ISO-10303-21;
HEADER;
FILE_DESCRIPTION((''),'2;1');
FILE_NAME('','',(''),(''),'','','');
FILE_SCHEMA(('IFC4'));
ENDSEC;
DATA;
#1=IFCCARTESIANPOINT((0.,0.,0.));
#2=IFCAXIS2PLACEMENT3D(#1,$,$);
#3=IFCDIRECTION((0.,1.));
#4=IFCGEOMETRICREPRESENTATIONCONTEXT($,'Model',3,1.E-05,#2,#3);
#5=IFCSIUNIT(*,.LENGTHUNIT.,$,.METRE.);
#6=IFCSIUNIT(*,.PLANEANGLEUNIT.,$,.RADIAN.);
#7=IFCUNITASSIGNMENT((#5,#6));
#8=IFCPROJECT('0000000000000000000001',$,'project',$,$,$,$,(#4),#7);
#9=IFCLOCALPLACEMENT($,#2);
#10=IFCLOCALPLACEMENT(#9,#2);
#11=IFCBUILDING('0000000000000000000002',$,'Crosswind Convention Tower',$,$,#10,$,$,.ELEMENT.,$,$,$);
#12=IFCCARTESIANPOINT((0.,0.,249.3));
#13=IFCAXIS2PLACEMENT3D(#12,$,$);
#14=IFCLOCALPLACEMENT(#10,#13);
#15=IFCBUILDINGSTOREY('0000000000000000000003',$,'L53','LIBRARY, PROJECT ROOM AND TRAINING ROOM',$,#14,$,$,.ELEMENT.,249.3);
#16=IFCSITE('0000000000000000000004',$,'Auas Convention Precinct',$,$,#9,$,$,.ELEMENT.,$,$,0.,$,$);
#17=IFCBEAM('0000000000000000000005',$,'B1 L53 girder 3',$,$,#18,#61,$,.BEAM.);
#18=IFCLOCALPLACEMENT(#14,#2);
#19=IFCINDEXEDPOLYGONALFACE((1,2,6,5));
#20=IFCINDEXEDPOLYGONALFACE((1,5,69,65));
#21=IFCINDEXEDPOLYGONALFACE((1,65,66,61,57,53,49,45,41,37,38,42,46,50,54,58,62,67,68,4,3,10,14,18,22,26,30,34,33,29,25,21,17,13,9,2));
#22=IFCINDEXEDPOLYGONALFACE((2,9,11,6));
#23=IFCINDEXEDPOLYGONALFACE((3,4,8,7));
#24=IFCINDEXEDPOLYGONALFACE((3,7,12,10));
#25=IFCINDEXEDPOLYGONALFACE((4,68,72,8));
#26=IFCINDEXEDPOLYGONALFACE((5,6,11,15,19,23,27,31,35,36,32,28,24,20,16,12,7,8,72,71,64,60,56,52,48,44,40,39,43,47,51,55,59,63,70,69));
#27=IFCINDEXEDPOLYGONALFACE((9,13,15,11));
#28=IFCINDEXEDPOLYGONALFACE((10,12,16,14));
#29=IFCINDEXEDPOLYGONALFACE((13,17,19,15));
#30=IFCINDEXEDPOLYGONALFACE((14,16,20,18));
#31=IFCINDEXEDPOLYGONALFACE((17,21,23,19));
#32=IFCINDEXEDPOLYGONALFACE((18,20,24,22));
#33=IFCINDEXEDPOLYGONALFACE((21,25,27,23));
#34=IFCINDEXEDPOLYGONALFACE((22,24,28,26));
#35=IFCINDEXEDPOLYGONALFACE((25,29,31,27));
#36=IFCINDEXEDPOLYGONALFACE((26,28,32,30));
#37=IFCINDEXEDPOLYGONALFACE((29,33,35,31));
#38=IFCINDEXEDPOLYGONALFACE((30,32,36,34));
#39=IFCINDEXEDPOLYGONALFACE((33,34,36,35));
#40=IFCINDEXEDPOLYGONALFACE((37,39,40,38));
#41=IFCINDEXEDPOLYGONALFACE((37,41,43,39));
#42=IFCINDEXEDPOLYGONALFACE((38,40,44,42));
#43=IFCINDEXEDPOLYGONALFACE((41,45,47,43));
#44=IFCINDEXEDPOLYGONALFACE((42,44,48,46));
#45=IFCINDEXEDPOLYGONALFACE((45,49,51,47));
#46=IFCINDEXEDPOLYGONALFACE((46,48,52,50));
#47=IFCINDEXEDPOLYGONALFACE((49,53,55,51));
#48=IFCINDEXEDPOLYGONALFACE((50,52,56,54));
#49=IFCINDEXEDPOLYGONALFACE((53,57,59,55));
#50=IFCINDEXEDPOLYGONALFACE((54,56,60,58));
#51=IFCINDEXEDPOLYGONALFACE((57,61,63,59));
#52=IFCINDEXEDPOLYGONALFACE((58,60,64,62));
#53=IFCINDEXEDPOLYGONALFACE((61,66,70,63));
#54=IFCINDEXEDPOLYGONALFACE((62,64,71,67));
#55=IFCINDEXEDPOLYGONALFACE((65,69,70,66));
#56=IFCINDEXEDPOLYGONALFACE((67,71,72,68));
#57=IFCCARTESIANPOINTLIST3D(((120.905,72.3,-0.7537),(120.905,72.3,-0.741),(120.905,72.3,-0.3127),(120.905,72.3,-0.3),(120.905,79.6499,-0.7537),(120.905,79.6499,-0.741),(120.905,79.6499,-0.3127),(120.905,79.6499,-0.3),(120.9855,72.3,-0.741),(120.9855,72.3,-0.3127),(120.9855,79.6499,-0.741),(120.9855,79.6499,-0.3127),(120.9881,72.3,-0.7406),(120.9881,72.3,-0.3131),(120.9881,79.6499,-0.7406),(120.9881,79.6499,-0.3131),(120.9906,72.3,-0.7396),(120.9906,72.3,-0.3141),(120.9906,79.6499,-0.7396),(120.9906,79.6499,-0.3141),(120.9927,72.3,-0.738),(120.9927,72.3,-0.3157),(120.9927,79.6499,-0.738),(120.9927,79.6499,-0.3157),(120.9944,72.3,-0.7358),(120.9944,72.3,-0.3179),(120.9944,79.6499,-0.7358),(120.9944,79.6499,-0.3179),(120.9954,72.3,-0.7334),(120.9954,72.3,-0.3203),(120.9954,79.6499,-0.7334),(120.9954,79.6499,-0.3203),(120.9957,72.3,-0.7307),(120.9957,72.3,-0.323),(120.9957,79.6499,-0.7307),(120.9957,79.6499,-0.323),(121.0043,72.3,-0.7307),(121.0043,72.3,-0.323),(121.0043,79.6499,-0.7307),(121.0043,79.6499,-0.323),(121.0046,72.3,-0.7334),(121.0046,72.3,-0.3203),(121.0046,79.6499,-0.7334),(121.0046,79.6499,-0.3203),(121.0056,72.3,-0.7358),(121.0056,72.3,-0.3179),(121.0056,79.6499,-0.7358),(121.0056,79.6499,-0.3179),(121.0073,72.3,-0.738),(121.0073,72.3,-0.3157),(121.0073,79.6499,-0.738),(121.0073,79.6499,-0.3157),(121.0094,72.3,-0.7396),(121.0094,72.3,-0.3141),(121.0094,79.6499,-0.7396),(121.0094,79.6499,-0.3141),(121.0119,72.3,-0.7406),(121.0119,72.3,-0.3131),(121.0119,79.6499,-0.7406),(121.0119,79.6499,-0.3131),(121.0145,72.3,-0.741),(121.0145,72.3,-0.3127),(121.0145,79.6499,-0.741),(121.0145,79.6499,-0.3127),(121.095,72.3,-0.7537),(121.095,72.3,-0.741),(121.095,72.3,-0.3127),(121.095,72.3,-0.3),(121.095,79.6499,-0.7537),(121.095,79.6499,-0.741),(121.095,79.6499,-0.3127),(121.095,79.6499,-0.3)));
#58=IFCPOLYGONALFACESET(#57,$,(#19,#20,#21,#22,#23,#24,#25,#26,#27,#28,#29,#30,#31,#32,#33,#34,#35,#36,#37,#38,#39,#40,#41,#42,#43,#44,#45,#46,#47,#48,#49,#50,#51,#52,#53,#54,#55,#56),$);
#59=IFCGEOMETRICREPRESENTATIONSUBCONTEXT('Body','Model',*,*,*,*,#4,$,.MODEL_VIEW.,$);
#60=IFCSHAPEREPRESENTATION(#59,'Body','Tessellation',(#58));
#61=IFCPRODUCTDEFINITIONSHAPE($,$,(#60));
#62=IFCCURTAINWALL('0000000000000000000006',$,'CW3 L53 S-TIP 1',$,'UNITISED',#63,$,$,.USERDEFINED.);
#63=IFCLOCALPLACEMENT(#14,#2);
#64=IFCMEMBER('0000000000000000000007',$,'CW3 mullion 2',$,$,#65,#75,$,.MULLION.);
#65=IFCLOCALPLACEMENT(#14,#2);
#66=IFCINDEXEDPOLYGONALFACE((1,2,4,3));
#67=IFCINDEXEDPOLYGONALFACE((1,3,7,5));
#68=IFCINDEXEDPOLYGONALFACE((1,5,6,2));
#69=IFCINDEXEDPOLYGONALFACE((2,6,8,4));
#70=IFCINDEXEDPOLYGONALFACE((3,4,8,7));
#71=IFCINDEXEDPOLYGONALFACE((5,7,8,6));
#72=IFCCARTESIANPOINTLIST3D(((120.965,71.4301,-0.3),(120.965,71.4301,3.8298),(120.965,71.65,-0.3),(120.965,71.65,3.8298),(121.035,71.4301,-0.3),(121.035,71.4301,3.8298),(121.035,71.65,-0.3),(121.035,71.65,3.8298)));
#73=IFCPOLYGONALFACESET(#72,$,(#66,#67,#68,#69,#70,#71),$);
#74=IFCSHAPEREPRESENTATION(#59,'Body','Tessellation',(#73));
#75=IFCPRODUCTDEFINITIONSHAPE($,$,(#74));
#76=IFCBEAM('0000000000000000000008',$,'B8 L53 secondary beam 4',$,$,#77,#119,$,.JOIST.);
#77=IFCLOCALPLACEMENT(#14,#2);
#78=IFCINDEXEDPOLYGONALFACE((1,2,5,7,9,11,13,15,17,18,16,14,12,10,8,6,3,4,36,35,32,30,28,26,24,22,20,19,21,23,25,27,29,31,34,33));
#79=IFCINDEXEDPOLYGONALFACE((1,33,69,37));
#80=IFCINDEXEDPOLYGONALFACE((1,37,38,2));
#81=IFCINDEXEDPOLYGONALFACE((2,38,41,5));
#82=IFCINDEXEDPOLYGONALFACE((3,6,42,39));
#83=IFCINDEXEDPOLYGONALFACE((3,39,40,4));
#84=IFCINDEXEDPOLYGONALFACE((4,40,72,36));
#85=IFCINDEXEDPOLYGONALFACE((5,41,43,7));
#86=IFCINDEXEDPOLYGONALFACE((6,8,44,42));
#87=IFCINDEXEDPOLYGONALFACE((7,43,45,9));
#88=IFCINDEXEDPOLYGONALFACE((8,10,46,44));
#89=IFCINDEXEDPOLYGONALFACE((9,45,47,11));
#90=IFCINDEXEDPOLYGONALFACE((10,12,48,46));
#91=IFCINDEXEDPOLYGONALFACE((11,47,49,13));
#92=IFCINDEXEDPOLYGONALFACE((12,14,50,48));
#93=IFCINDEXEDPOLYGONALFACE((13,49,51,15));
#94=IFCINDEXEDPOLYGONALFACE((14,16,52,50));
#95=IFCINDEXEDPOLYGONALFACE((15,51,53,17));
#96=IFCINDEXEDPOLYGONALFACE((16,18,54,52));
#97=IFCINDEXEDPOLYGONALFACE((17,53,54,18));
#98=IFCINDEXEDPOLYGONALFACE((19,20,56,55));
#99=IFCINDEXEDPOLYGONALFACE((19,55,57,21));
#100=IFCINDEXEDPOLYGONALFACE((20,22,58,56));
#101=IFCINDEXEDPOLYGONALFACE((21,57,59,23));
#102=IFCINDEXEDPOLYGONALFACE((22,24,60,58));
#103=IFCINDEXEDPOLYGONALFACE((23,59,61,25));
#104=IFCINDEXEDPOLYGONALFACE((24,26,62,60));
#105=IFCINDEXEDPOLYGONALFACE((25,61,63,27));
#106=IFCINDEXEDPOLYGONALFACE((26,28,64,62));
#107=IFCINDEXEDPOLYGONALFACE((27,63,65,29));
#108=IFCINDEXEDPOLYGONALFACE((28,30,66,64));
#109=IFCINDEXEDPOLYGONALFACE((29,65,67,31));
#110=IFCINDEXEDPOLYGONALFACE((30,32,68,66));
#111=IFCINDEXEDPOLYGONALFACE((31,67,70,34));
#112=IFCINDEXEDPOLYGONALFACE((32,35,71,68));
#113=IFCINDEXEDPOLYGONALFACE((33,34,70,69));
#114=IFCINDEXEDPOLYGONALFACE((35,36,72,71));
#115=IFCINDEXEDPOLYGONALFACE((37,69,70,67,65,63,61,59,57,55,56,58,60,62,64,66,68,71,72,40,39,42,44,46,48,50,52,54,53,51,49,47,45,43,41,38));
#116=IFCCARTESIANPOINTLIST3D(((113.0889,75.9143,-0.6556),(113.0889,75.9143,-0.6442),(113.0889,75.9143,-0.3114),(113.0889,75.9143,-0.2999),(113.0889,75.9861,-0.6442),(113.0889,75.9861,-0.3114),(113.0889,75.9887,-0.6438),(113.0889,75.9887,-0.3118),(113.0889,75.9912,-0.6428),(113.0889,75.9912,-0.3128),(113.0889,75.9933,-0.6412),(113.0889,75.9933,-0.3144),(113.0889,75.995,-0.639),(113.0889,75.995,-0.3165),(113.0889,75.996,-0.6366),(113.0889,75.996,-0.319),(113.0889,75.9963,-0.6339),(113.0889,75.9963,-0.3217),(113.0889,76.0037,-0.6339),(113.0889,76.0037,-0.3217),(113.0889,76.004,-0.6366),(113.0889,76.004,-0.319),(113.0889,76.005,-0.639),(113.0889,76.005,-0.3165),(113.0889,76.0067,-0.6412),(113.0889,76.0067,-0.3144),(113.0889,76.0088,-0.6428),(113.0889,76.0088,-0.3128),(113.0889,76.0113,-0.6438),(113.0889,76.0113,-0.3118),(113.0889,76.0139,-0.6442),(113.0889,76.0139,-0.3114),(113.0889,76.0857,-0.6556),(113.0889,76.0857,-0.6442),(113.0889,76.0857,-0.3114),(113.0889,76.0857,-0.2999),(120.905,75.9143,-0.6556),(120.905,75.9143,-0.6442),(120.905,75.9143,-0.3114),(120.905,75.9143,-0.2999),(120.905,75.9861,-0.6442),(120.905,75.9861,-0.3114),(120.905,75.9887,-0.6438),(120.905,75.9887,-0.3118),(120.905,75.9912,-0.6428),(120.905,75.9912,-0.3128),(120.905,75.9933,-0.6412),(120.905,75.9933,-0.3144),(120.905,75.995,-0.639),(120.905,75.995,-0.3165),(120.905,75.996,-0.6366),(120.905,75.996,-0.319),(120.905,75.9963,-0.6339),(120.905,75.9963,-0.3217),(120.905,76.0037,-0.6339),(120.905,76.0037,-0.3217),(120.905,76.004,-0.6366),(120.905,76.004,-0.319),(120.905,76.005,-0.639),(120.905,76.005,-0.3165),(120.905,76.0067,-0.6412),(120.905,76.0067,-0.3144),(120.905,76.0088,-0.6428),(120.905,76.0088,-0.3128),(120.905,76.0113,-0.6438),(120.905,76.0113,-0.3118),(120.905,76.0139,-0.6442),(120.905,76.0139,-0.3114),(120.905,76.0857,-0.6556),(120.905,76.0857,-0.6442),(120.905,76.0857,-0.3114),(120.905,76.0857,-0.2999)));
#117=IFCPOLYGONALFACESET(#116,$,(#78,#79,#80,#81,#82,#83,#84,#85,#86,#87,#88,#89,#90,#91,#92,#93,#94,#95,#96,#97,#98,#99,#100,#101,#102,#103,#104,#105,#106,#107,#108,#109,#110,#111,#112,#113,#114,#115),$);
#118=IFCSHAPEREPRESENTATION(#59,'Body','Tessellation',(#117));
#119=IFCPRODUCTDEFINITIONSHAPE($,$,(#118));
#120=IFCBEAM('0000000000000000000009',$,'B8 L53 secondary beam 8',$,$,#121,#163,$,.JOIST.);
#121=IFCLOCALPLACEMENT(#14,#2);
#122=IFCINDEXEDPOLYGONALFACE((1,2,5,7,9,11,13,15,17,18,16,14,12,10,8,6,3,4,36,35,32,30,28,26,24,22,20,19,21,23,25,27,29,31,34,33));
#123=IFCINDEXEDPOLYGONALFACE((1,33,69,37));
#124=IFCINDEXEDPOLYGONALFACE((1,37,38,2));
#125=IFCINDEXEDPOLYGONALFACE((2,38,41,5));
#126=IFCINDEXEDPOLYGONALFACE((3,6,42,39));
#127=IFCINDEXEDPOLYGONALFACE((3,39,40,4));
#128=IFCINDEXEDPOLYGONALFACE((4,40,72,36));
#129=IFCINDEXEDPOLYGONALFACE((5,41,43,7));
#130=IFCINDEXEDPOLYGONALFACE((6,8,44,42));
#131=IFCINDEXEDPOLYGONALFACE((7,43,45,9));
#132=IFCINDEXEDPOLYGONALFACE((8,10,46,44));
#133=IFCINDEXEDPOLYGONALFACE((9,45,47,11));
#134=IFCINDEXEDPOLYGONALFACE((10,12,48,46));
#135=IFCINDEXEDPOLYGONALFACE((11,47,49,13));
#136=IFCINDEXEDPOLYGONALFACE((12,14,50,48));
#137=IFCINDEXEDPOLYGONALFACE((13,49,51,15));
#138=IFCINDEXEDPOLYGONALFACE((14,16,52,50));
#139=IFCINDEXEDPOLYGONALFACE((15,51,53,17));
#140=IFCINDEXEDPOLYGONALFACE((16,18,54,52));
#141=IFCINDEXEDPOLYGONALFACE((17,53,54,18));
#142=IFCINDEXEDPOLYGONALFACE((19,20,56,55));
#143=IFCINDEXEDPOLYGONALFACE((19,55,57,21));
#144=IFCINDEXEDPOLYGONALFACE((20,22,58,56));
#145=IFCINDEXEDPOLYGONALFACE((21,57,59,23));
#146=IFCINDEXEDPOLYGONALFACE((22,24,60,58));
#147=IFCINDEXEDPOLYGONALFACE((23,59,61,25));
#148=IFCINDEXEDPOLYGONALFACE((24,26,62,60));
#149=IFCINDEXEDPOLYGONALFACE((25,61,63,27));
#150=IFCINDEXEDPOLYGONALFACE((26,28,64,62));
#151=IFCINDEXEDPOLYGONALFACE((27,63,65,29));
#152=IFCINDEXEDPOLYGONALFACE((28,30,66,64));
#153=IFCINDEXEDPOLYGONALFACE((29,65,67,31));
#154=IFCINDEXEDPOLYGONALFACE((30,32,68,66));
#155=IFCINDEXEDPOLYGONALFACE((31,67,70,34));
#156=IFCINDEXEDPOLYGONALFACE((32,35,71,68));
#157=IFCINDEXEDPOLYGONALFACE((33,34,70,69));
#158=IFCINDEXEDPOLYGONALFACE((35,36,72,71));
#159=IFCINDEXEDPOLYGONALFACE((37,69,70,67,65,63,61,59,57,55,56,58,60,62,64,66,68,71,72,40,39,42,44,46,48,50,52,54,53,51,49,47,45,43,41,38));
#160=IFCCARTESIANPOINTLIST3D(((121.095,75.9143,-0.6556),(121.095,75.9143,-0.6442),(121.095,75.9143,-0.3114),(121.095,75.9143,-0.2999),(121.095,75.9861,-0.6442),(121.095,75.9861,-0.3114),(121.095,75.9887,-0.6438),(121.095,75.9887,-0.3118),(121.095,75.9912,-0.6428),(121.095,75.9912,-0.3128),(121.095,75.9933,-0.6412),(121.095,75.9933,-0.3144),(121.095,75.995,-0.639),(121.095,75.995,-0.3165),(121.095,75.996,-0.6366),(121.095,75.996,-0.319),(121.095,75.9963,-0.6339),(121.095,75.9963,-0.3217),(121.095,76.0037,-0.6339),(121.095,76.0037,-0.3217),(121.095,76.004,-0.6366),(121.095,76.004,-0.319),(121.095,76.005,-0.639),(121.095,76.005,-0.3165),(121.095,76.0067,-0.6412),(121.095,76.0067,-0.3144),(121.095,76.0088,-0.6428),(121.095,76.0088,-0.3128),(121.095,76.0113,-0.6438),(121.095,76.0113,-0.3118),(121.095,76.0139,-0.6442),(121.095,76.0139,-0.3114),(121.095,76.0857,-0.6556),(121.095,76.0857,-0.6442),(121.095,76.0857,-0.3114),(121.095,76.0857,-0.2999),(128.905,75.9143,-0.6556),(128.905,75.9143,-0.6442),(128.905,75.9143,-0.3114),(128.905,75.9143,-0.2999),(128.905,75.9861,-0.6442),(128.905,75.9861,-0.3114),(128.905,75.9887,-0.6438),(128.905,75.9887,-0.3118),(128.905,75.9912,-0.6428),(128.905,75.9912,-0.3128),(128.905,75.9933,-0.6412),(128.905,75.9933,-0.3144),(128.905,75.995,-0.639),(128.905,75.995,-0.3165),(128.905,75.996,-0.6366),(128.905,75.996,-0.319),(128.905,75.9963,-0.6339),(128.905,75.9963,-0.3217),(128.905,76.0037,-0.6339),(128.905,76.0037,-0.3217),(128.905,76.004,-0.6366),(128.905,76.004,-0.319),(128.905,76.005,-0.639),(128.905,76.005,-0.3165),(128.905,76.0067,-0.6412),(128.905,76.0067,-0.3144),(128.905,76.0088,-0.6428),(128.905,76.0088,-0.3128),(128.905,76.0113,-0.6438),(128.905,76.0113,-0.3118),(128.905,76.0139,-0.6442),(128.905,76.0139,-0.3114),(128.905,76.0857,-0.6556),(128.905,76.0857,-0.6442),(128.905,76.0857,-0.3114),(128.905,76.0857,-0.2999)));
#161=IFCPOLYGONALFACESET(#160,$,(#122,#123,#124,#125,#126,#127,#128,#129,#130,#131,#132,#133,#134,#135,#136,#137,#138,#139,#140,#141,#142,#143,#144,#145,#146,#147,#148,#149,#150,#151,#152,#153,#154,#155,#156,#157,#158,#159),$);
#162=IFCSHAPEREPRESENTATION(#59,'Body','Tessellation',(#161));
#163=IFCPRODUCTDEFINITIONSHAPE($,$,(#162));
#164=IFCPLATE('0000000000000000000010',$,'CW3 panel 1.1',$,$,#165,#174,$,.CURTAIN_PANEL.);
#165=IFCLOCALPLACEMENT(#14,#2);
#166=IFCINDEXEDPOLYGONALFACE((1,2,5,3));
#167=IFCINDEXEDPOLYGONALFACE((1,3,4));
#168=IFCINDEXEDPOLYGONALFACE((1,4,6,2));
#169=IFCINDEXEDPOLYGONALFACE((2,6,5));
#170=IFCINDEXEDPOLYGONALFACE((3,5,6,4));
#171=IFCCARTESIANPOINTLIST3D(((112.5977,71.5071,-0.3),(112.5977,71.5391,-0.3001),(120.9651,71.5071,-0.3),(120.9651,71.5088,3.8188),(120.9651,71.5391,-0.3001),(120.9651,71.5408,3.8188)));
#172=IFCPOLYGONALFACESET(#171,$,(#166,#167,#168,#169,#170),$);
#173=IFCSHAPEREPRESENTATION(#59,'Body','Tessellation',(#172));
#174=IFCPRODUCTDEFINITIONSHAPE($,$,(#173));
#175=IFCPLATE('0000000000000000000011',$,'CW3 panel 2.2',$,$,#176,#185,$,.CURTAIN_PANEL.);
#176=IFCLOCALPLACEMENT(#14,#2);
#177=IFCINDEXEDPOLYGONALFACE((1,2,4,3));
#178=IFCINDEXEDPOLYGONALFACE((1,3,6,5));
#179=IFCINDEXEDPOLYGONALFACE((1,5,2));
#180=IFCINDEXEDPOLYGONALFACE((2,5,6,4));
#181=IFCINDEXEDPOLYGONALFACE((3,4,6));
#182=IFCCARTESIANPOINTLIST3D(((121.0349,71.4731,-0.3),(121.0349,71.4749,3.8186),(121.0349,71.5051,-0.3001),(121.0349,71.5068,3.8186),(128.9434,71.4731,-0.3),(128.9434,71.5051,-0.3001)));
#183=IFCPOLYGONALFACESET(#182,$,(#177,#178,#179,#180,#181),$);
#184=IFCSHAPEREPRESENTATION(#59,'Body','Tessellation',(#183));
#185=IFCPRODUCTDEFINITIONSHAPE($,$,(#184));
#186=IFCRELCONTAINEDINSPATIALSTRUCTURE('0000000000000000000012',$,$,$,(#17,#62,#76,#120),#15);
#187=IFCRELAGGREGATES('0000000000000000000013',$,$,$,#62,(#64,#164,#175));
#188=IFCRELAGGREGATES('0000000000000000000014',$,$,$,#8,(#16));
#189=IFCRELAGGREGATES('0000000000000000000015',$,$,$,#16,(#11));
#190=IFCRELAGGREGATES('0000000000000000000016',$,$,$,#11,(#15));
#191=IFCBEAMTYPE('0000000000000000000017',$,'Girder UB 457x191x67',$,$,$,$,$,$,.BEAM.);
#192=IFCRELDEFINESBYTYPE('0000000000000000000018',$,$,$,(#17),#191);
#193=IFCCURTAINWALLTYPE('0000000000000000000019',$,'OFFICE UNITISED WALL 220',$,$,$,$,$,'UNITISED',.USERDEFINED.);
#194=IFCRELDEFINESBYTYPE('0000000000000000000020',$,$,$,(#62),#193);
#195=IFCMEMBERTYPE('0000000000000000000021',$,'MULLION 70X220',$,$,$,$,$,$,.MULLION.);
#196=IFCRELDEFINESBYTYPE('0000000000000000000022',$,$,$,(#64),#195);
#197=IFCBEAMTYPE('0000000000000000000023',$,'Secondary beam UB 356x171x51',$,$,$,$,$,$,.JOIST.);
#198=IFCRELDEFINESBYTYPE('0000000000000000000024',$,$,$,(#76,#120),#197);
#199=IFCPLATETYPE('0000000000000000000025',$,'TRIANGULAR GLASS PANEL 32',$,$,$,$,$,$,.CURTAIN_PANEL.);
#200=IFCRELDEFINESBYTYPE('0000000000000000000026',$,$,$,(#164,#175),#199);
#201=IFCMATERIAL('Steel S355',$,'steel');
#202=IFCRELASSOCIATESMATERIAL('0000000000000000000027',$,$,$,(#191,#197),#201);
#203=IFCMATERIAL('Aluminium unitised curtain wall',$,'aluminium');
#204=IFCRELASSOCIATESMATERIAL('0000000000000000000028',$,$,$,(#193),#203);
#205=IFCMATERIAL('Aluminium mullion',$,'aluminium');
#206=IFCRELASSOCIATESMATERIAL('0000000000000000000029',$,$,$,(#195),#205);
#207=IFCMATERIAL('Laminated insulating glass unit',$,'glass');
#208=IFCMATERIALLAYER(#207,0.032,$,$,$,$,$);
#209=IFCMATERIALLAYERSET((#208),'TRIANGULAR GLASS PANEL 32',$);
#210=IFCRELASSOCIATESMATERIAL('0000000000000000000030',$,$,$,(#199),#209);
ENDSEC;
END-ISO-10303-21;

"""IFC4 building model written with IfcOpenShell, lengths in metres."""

from ifc_helpers import new_model, si_unit, direction, frame, origin, origin_2d, place, context, subcontext, project, spatial, polyline, rectangle, i_section, outline, extrude, material, layer, layer_set, material_profile, profile_set, type_object, element, aggregate, save


model = new_model("IFC4")

# Units and contexts
model_context = context("Model", 3, precision=1e-05, world=origin(), true_north=direction((0.0, 1.0)))
body_context = subcontext(model_context, "Body", "Model", "MODEL_VIEW")
ifc_project = project(units=[si_unit("LENGTHUNIT", "METRE"), si_unit("PLANEANGLEUNIT", "RADIAN")], contexts=[model_context])

# Site, building, storey
site_placement = place(None, origin())
site = spatial("IfcSite", under=ifc_project, at=site_placement, Name="Auas Convention Precinct", CompositionType="ELEMENT", RefElevation=0.0)
building_placement = place(site_placement, origin())
building = spatial("IfcBuilding", under=site, at=building_placement, Name="Crosswind Convention Tower", CompositionType="ELEMENT")
storey_placement = place(building_placement, frame((0.0, 0.0, 249.3)))
storey = spatial("IfcBuildingStorey", under=building, at=storey_placement, Name="L53", Description="LIBRARY, PROJECT ROOM AND TRAINING ROOM", CompositionType="ELEMENT", Elevation=249.3)

# Beam
ifc_material_1 = material(Name="Steel S355", Category="steel")
ifc_material_profile_1 = material_profile(ifc_material_1, i_section(OverallWidth=0.1899, OverallDepth=0.4536, WebThickness=0.0085, FlangeThickness=0.0127, FilletRadius=0.0103, at=origin_2d()), Name="UB 457x191x67")
ifc_profile_set_1 = profile_set([ifc_material_profile_1], Name="Steel S355")
beam_type_1 = type_object("IfcBeamType", Name="Girder UB 457x191x67", PredefinedType="BEAM", material=ifc_profile_set_1)
for number, where, z_axis, x_axis, name in (
    (1, (121.0, 72.3, -0.5269), (0.0, 1.0, 0.0), (-1.0, 0.0, 0.0), "B1 L53 girder 3"),
):
    element("IfcBeam", number, at=place(storey_placement, frame(where, z_axis=z_axis, x_axis=x_axis)), inside=storey, type_object=beam_type_1, Name=name, PredefinedType="BEAM", context=body_context, shape_type="SweptSolid", body=[
        extrude(i_section(OverallWidth=0.1899, OverallDepth=0.4536, WebThickness=0.0085, FlangeThickness=0.0127, FilletRadius=0.0103, at=origin_2d()), origin(), (0.0, 0.0, 1.0), 7.3499),
    ])

# Curtain wall, member
ifc_material_2 = material(Name="Aluminium unitised curtain wall", Category="aluminium")
curtain_wall_type = type_object("IfcCurtainWallType", Name="OFFICE UNITISED WALL 220", ElementType="UNITISED", PredefinedType="USERDEFINED", material=ifc_material_2)
curtain_wall_placement = place(storey_placement, origin())
curtain_wall = element("IfcCurtainWall", 2, at=curtain_wall_placement, inside=storey, type_object=curtain_wall_type, Name="CW3 L53 S-TIP 1", ObjectType="UNITISED", PredefinedType="USERDEFINED")
ifc_material_3 = material(Name="Aluminium mullion", Category="aluminium")
ifc_material_profile_2 = material_profile(ifc_material_3, rectangle(XDim=0.22, YDim=0.0701, at=origin_2d()), Name="AL 220X70")
ifc_profile_set_2 = profile_set([ifc_material_profile_2], Name="Aluminium mullion")
member_type = type_object("IfcMemberType", Name="MULLION 70X220", PredefinedType="MULLION", material=ifc_profile_set_2)
member_placement = place(storey_placement, frame((121.0, 71.54, -0.3), z_axis=(0.0, 0.0, 1.0), x_axis=(0.0, -1.0, 0.0)))
member = element("IfcMember", 3, at=member_placement, type_object=member_type, Name="CW3 mullion 2", PredefinedType="MULLION", context=body_context, shape_type="SweptSolid", body=[
    extrude(rectangle(XDim=0.22, YDim=0.0701, at=origin_2d()), origin(), (0.0, 0.0, 1.0), 4.1299),
])

# Beams
ifc_material_profile_3 = material_profile(ifc_material_1, i_section(OverallWidth=0.1714, OverallDepth=0.3557, WebThickness=0.0073, FlangeThickness=0.0115, FilletRadius=0.0103, at=origin_2d()), Name="UB 356x171x51")
ifc_profile_set_3 = profile_set([ifc_material_profile_3], Name="Steel S355")
beam_type_2 = type_object("IfcBeamType", Name="Secondary beam UB 356x171x51", PredefinedType="JOIST", material=ifc_profile_set_3)
beam_1_placement = place(storey_placement, frame((113.0889, 76.0, -0.4778), z_axis=(1.0, 0.0, 0.0), x_axis=(0.0, 1.0, 0.0)))
element("IfcBeam", 4, at=beam_1_placement, inside=storey, type_object=beam_type_2, Name="B8 L53 secondary beam 4", PredefinedType="JOIST", context=body_context, shape_type="SweptSolid", body=[
    extrude(i_section(OverallWidth=0.1714, OverallDepth=0.3557, WebThickness=0.0073, FlangeThickness=0.0115, FilletRadius=0.0103, at=origin_2d()), origin(), (0.0, 0.0, 1.0), 7.8162),
])
beam_2_placement = place(storey_placement, frame((121.095, 76.0, -0.4778), z_axis=(1.0, 0.0, 0.0), x_axis=(0.0, 1.0, 0.0)))
element("IfcBeam", 5, at=beam_2_placement, inside=storey, type_object=beam_type_2, Name="B8 L53 secondary beam 8", PredefinedType="JOIST", context=body_context, shape_type="SweptSolid", body=[
    extrude(i_section(OverallWidth=0.1714, OverallDepth=0.3557, WebThickness=0.0073, FlangeThickness=0.0115, FilletRadius=0.0103, at=origin_2d()), origin(), (0.0, 0.0, 1.0), 7.8101),
])

# Plates
ifc_material_4 = material(Name="Laminated insulating glass unit", Category="glass")
ifc_layer_1 = layer(ifc_material_4, 0.032)
ifc_layer_set_1 = layer_set([ifc_layer_1], Name="TRIANGULAR GLASS PANEL 32")
plate_type = type_object("IfcPlateType", Name="TRIANGULAR GLASS PANEL 32", PredefinedType="CURTAIN_PANEL", material=ifc_layer_set_1)
plate_1_placement = place(storey_placement, frame((120.9651, 71.5071, -0.3), z_axis=(0.0, -1.0, 0.000415), x_axis=(0.0, 0.000415, 1.0)))
plate_1 = element("IfcPlate", 6, at=plate_1_placement, type_object=plate_type, Name="CW3 panel 1.1", PredefinedType="CURTAIN_PANEL", context=body_context, shape_type="SweptSolid", body=[
    extrude(outline(polyline([(0.0, 0.0), (4.1189, 0.0), (0.0, 8.3674), (0.0, 0.0)])), origin(), (0.0, 0.0, -1.0), 0.032),
])
plate_2_placement = place(storey_placement, frame((121.0349, 71.4731, -0.3), z_axis=(0.0, -1.0, 0.000415), x_axis=(1.0, 0.0, 0.0)))
plate_2 = element("IfcPlate", 7, at=plate_2_placement, type_object=plate_type, Name="CW3 panel 2.2", PredefinedType="CURTAIN_PANEL", context=body_context, shape_type="SweptSolid", body=[
    extrude(outline(polyline([(0.0, 0.0), (7.9084, 0.0), (0.0, 4.1187), (0.0, 0.0)])), origin(), (0.0, 0.0, -1.0), 0.032),
])
aggregate(curtain_wall, [member, plate_1, plate_2])

save(model, "model.ifc")
